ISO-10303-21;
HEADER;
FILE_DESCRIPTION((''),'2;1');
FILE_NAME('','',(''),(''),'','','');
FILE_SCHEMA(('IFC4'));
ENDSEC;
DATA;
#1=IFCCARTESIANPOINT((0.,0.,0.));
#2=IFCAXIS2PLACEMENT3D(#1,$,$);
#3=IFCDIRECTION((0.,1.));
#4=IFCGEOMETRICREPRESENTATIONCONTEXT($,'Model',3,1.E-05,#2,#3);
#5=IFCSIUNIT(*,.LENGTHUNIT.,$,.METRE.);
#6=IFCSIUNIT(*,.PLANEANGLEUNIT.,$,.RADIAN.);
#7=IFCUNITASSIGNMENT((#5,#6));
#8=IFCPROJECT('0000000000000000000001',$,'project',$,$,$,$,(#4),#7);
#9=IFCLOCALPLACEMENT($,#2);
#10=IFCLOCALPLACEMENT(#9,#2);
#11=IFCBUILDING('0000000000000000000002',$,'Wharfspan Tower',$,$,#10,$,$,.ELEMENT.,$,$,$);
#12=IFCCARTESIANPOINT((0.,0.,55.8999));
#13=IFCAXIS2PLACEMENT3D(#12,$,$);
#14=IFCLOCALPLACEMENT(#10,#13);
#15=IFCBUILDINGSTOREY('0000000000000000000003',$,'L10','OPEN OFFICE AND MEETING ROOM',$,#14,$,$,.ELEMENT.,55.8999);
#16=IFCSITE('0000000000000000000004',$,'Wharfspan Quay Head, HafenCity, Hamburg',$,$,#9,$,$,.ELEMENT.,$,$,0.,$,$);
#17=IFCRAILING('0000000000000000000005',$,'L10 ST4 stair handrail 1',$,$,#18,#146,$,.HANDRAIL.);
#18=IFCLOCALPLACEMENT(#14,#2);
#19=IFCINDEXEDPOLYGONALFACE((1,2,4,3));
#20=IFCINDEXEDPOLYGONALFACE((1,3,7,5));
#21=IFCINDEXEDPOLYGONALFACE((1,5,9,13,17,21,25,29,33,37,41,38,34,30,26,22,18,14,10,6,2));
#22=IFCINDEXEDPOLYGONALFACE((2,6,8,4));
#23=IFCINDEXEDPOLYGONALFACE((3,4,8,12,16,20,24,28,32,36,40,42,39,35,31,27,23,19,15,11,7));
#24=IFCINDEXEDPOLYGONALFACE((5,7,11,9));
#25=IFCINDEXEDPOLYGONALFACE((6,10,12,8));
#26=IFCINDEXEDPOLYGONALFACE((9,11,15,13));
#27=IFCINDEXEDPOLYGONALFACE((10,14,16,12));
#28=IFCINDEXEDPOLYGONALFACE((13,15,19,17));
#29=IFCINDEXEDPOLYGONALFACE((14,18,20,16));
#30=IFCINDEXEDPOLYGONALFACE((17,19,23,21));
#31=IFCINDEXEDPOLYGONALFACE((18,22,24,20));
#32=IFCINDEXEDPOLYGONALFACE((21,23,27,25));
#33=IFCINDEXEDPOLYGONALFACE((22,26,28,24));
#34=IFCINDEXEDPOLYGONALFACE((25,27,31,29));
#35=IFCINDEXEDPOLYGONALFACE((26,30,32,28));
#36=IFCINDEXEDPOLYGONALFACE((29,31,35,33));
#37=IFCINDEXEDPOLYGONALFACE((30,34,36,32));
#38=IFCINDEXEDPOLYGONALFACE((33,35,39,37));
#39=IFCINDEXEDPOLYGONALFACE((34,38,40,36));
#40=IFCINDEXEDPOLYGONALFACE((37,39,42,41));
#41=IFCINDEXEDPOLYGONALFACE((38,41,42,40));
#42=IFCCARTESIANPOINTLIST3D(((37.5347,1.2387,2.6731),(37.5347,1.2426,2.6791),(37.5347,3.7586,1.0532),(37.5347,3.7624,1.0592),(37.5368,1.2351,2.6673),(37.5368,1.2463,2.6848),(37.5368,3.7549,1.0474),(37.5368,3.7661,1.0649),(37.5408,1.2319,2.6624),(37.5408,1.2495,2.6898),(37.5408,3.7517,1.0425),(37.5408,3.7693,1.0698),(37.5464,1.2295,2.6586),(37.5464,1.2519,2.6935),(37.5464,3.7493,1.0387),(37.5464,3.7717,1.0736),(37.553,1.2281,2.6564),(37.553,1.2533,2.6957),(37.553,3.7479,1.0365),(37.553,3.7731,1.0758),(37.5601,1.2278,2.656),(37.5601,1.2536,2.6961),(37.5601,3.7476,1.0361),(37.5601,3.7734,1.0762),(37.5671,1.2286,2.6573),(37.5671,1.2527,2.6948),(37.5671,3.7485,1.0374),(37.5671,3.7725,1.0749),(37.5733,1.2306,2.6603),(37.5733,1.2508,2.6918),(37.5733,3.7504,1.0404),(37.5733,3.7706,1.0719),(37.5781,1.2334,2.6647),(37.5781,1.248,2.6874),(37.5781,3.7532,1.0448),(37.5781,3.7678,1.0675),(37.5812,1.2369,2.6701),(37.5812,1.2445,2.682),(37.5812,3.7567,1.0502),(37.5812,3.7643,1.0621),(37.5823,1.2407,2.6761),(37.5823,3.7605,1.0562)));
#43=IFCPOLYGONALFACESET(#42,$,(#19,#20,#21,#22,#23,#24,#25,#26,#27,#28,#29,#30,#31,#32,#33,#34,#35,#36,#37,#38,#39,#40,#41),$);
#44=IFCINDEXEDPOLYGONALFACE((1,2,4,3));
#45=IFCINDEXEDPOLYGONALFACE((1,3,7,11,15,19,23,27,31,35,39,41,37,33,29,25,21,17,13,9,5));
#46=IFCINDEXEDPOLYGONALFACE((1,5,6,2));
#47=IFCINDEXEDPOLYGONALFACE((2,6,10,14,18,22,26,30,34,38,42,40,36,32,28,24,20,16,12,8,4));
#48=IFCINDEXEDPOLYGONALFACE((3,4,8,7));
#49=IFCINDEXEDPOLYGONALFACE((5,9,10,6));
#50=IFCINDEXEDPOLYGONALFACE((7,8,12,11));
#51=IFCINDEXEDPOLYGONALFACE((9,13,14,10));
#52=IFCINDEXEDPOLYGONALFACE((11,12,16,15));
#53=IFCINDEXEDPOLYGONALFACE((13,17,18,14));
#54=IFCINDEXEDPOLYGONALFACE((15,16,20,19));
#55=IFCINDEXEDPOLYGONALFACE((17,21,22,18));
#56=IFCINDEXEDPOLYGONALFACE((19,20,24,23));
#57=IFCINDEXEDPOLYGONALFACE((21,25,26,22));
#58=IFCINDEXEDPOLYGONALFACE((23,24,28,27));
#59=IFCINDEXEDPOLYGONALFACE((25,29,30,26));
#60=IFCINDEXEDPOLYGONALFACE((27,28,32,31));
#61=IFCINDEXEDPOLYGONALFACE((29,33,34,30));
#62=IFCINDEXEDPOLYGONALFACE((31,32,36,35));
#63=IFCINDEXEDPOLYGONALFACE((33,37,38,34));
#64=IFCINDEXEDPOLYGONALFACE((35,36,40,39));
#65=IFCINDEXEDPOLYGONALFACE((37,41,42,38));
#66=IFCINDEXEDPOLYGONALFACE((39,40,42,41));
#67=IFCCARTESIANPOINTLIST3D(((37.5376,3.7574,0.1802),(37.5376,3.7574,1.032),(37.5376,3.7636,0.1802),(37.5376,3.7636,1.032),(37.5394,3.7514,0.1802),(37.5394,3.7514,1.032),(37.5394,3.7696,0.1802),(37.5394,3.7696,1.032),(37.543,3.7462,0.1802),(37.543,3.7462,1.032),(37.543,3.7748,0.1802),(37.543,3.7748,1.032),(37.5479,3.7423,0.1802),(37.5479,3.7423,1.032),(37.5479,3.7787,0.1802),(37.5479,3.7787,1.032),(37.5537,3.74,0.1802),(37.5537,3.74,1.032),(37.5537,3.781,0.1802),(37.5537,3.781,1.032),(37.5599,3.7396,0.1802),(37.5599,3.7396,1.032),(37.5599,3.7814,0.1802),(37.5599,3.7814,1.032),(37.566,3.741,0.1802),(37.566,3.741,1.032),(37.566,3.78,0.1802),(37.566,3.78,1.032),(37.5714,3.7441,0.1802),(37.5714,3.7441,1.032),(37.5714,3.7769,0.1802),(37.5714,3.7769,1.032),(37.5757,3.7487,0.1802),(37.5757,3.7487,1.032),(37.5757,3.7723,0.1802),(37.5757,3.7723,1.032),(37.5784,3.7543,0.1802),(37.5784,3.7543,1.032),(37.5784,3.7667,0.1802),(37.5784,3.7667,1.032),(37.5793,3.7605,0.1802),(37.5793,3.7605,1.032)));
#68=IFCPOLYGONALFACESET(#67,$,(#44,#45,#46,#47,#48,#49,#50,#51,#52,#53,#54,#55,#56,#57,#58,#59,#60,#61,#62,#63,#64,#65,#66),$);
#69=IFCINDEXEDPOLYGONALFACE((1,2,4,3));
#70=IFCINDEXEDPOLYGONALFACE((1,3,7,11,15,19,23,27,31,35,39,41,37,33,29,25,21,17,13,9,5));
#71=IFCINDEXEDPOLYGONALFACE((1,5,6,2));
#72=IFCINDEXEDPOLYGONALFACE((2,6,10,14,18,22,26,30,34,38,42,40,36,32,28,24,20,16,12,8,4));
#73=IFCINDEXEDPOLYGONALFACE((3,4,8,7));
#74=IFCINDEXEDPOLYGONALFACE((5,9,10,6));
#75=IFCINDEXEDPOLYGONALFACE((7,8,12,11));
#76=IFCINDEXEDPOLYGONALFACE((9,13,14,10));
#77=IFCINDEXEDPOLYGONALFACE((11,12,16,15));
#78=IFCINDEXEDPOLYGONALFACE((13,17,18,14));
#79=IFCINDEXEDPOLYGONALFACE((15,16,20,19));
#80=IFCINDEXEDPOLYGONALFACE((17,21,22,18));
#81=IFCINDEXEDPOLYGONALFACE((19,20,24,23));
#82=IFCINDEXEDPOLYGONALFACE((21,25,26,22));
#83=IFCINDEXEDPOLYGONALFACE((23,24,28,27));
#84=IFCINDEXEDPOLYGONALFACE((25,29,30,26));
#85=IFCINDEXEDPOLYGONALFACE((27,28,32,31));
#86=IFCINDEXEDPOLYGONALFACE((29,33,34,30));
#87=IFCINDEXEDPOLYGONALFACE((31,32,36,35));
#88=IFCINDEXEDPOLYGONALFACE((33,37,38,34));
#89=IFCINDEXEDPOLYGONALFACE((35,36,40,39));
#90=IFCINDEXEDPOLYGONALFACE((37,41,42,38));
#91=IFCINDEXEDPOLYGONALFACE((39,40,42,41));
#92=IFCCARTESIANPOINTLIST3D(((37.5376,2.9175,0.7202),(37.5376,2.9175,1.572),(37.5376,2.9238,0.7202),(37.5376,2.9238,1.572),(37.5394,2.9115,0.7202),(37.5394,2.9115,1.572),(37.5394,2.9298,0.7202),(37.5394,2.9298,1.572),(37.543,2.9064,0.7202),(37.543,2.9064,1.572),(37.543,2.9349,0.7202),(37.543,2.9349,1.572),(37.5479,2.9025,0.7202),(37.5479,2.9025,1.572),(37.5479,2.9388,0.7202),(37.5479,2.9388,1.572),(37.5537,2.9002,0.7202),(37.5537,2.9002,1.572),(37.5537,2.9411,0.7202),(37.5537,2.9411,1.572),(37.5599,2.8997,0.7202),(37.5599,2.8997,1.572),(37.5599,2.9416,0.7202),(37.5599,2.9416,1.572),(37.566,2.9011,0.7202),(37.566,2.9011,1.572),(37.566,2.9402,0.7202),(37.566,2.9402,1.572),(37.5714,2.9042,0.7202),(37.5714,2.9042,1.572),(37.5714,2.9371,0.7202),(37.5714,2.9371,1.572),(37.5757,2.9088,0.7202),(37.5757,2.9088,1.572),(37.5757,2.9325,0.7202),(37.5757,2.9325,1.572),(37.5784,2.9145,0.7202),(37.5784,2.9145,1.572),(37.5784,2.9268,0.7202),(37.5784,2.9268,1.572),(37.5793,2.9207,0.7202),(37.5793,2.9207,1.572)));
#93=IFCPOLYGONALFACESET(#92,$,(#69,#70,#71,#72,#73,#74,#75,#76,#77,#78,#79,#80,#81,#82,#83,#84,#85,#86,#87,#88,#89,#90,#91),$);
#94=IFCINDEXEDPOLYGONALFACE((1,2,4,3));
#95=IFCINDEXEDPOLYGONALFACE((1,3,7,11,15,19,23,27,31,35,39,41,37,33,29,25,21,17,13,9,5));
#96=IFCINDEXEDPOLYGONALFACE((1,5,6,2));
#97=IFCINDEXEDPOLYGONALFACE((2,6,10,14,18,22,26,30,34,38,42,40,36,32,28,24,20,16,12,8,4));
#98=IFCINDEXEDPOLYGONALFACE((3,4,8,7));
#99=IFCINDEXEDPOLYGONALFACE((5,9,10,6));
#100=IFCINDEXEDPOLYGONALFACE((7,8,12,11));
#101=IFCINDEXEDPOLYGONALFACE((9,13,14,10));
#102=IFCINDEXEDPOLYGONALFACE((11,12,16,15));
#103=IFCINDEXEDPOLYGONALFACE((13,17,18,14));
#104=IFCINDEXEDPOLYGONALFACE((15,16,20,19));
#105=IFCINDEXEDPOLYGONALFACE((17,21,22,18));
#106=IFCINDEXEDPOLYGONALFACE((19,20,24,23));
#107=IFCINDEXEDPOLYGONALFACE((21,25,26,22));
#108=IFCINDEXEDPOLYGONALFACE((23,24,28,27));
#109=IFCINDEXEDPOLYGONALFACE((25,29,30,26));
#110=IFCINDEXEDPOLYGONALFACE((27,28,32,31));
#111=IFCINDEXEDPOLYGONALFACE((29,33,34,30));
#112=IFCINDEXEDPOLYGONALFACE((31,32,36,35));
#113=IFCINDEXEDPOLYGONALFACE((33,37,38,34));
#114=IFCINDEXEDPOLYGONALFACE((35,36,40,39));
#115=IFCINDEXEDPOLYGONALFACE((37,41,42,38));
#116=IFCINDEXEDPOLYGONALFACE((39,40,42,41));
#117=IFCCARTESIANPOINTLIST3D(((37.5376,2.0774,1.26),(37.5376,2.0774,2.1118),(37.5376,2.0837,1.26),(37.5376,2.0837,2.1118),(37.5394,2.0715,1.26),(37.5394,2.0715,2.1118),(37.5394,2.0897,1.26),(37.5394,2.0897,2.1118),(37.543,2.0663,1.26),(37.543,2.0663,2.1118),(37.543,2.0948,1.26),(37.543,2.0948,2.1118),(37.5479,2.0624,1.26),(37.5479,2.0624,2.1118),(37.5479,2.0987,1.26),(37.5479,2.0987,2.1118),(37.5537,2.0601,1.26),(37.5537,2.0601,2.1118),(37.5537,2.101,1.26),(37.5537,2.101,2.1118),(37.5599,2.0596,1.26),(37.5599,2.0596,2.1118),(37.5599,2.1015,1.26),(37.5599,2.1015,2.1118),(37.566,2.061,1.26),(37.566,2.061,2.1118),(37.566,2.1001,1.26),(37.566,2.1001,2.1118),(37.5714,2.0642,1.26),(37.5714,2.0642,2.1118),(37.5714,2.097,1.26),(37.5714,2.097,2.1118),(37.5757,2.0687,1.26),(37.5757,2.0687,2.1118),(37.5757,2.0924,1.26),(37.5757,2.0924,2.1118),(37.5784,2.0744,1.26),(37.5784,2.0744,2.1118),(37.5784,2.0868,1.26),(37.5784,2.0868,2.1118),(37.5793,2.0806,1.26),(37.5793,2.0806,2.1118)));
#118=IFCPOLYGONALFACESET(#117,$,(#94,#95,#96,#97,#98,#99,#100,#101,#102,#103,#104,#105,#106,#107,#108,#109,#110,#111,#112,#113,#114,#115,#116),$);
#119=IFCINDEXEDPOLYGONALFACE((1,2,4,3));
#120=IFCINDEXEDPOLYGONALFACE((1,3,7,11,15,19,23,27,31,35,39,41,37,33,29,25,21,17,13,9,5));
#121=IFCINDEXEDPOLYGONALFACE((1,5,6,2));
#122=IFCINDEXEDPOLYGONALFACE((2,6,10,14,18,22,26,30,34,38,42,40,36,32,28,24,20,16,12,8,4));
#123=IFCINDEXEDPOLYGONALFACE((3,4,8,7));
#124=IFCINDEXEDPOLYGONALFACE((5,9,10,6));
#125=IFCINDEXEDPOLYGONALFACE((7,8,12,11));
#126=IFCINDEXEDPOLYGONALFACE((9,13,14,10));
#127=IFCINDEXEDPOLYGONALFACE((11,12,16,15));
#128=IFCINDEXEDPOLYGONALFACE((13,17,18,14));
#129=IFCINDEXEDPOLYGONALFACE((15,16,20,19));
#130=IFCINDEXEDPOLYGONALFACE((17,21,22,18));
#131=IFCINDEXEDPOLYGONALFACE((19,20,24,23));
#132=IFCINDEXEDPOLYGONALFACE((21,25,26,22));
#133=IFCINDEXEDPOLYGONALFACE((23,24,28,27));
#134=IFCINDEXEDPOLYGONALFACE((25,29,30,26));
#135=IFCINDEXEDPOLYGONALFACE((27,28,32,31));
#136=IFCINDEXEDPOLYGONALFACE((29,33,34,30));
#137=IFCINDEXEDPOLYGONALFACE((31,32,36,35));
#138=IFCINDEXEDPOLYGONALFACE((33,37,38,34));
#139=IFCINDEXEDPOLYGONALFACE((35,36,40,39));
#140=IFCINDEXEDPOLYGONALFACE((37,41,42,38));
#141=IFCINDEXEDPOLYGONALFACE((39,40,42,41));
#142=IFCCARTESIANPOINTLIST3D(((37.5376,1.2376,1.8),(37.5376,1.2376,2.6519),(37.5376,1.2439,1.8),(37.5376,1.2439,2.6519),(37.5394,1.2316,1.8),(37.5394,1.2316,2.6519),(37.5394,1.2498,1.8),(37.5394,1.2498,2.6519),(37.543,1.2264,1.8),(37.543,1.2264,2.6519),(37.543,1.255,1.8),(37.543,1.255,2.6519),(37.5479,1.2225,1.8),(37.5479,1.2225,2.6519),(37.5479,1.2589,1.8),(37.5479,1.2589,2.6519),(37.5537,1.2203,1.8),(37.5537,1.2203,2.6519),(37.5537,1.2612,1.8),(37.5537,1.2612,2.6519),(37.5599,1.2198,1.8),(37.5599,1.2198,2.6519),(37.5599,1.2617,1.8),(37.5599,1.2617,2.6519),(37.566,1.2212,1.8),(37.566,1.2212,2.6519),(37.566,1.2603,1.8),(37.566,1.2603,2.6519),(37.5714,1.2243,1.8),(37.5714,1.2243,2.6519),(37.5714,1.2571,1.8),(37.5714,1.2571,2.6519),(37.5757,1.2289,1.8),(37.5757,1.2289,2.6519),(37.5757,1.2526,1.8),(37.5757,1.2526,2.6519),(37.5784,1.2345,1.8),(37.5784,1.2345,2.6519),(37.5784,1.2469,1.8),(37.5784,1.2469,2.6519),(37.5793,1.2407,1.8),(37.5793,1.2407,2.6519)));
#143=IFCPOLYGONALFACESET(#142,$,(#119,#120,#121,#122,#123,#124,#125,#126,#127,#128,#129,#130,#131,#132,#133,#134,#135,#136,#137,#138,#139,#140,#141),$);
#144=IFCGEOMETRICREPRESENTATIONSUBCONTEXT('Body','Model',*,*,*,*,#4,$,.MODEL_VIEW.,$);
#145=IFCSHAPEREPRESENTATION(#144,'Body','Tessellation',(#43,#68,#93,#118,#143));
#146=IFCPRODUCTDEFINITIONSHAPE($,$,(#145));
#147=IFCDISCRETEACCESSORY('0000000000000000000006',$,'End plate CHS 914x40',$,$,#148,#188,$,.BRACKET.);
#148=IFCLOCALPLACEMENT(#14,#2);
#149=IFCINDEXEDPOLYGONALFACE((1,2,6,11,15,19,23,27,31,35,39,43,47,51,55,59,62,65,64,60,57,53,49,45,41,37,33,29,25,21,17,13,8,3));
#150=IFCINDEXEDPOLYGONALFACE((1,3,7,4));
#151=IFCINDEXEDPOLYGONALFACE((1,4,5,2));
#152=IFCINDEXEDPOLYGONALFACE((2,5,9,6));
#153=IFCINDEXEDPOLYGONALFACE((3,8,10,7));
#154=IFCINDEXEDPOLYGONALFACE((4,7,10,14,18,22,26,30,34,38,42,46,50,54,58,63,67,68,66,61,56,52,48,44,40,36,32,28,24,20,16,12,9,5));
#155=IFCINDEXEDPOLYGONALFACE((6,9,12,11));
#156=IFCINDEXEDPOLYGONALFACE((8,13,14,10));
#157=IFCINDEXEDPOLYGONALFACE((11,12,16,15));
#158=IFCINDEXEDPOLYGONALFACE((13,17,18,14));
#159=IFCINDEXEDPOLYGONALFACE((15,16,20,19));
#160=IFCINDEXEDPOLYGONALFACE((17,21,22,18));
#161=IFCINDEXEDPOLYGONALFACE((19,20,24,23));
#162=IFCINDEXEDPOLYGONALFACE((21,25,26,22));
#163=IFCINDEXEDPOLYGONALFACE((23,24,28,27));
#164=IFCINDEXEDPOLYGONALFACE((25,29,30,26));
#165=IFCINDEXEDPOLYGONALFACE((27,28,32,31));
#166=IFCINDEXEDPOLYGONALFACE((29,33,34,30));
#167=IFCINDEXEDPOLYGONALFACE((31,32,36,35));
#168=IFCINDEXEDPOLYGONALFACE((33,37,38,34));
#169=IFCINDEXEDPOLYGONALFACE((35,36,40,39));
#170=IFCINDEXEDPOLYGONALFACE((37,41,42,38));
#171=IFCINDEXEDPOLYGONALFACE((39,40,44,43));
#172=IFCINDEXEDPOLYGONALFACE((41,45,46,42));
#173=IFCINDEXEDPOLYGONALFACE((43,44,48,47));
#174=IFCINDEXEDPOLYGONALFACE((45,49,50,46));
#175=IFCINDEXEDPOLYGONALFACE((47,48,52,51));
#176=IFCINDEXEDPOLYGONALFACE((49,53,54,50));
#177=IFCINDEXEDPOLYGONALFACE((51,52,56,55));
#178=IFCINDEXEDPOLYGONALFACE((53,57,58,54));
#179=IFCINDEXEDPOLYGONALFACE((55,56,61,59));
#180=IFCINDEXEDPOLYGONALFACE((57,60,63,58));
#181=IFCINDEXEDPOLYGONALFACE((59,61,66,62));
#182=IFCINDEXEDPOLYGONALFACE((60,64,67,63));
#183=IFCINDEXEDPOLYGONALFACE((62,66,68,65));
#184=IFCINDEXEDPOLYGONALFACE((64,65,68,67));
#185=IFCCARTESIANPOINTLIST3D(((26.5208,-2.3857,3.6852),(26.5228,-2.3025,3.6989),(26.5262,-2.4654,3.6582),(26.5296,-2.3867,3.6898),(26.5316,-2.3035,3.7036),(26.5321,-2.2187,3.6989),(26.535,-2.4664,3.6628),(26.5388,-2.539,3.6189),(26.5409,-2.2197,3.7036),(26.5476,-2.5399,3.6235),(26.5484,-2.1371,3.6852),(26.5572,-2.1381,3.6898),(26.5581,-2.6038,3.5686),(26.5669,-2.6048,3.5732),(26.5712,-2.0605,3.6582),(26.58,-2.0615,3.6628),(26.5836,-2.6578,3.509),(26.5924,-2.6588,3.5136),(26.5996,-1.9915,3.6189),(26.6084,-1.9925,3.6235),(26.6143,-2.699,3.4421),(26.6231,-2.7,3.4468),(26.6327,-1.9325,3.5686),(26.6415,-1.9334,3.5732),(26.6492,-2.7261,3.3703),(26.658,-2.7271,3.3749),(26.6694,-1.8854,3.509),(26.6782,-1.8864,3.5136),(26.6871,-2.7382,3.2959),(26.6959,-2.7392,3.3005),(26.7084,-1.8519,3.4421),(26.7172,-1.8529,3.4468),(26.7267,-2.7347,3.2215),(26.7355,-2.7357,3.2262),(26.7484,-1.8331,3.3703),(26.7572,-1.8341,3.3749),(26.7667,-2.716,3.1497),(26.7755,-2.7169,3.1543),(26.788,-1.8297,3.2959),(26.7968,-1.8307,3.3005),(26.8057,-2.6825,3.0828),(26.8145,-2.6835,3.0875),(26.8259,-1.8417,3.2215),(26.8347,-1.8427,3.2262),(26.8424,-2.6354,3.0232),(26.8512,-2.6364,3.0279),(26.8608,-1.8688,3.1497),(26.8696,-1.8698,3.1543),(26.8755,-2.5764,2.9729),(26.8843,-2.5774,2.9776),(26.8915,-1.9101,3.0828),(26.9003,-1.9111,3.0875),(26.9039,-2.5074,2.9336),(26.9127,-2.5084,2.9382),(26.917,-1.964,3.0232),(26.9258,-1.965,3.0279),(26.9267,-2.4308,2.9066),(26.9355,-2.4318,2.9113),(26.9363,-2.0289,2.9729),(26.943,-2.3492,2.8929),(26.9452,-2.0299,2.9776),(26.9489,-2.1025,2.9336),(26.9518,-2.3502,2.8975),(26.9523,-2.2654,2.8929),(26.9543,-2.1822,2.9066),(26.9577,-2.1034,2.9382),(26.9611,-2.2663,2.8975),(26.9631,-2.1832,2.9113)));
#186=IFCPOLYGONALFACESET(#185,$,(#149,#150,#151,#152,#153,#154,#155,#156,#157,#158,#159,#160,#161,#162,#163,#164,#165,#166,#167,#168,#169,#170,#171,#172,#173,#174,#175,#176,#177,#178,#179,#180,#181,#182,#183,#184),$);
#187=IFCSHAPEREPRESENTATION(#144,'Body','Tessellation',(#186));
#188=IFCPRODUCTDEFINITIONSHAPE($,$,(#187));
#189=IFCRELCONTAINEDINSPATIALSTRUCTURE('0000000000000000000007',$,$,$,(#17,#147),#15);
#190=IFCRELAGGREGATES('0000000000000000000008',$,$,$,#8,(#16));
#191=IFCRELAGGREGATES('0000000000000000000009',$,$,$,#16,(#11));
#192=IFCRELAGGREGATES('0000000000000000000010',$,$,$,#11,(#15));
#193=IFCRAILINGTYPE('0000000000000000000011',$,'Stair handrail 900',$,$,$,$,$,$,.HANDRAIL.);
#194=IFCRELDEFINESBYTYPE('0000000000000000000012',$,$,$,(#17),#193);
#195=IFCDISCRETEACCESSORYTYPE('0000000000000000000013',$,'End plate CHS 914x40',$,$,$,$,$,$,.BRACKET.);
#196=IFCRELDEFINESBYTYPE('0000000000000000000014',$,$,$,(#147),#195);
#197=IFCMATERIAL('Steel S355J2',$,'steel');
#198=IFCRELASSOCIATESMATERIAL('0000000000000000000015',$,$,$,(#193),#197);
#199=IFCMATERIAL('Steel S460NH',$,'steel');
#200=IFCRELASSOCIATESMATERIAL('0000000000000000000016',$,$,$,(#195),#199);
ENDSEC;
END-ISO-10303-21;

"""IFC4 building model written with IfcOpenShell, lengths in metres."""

from ifc_helpers import new_model, si_unit, direction, frame, origin, origin_2d, place, context, subcontext, project, spatial, circle, extrude, material, material_profile, profile_set, type_object, element, save


model = new_model("IFC4")

# Units and contexts
model_context = context("Model", 3, precision=1e-05, world=origin(), true_north=direction((0.0, 1.0)))
body_context = subcontext(model_context, "Body", "Model", "MODEL_VIEW")
ifc_project = project(units=[si_unit("LENGTHUNIT", "METRE"), si_unit("PLANEANGLEUNIT", "RADIAN")], contexts=[model_context])

# Site, building, storey
site_placement = place(None, origin())
site = spatial("IfcSite", under=ifc_project, at=site_placement, Name="Wharfspan Quay Head, HafenCity, Hamburg", CompositionType="ELEMENT", RefElevation=0.0)
building_placement = place(site_placement, origin())
building = spatial("IfcBuilding", under=site, at=building_placement, Name="Wharfspan Tower", CompositionType="ELEMENT")
storey_placement = place(building_placement, frame((0.0, 0.0, 55.8999)))
storey = spatial("IfcBuildingStorey", under=building, at=storey_placement, Name="L10", Description="OPEN OFFICE AND MEETING ROOM", CompositionType="ELEMENT", Elevation=55.8999)

# Shared definitions
ifc_material_1 = material(Name="Steel S355J2", Category="steel")

# Shared definitions
ifc_material_2 = material(Name="Steel S460NH", Category="steel")

# Railing
railing_type_1 = type_object("IfcRailingType", Name="Stair handrail 900", PredefinedType="HANDRAIL", material=ifc_material_1)
railing_1_placement = place(storey_placement, frame((37.5583, 3.7605, 0.1802)))
element("IfcRailing", 1, at=railing_1_placement, inside=storey, type_object=railing_type_1, Name="L10 ST4 stair handrail 1", PredefinedType="HANDRAIL", context=body_context, shape_type="SweptSolid", body=[
    extrude(circle(Radius=0.0239, at=origin_2d()), frame((0.0, 0.0, 0.876), z_axis=(0.0, -0.841176, 0.540762), x_axis=(1.0, 0.0, 0.0)), (0.0, 0.0, 1.0), 2.9956),
    extrude(circle(Radius=0.021, at=origin_2d()), origin(), (0.0, 0.0, 1.0), 0.8518),
    extrude(circle(Radius=0.021, at=origin_2d()), frame((0.0, -0.8398, 0.54)), (0.0, 0.0, 1.0), 0.8518),
    extrude(circle(Radius=0.021, at=origin_2d()), frame((0.0, -1.6799, 1.0798)), (0.0, 0.0, 1.0), 0.8518),
    extrude(circle(Radius=0.021, at=origin_2d()), frame((0.0, -2.5198, 1.6199)), (0.0, 0.0, 1.0), 0.8518),
])

# Discrete accessory
ifc_material_profile_1 = material_profile(ifc_material_2, circle(Radius=0.457, at=origin_2d()))
ifc_profile_set_1 = profile_set([ifc_material_profile_1], Name="Steel S460NH")
discrete_accessory_type = type_object("IfcDiscreteAccessoryType", Name="End plate CHS 914x40", PredefinedType="BRACKET", material=ifc_profile_set_1)
for number, where, z_axis, x_axis, name in (
    (2, (26.7375, -2.2839, 3.2959), (0.880146, -0.097794, 0.464521), (0.110432, 0.993888, 0.0), "End plate CHS 914x40"),
):
    element("IfcDiscreteAccessory", number, at=place(storey_placement, frame(where, z_axis=z_axis, x_axis=x_axis)), inside=storey, type_object=discrete_accessory_type, Name=name, PredefinedType="BRACKET", context=body_context, shape_type="SweptSolid", body=[
        extrude(circle(Radius=0.457, at=origin_2d()), origin(), (0.0, 0.0, 1.0), 0.01),
    ])

save(model, "model.ifc")
